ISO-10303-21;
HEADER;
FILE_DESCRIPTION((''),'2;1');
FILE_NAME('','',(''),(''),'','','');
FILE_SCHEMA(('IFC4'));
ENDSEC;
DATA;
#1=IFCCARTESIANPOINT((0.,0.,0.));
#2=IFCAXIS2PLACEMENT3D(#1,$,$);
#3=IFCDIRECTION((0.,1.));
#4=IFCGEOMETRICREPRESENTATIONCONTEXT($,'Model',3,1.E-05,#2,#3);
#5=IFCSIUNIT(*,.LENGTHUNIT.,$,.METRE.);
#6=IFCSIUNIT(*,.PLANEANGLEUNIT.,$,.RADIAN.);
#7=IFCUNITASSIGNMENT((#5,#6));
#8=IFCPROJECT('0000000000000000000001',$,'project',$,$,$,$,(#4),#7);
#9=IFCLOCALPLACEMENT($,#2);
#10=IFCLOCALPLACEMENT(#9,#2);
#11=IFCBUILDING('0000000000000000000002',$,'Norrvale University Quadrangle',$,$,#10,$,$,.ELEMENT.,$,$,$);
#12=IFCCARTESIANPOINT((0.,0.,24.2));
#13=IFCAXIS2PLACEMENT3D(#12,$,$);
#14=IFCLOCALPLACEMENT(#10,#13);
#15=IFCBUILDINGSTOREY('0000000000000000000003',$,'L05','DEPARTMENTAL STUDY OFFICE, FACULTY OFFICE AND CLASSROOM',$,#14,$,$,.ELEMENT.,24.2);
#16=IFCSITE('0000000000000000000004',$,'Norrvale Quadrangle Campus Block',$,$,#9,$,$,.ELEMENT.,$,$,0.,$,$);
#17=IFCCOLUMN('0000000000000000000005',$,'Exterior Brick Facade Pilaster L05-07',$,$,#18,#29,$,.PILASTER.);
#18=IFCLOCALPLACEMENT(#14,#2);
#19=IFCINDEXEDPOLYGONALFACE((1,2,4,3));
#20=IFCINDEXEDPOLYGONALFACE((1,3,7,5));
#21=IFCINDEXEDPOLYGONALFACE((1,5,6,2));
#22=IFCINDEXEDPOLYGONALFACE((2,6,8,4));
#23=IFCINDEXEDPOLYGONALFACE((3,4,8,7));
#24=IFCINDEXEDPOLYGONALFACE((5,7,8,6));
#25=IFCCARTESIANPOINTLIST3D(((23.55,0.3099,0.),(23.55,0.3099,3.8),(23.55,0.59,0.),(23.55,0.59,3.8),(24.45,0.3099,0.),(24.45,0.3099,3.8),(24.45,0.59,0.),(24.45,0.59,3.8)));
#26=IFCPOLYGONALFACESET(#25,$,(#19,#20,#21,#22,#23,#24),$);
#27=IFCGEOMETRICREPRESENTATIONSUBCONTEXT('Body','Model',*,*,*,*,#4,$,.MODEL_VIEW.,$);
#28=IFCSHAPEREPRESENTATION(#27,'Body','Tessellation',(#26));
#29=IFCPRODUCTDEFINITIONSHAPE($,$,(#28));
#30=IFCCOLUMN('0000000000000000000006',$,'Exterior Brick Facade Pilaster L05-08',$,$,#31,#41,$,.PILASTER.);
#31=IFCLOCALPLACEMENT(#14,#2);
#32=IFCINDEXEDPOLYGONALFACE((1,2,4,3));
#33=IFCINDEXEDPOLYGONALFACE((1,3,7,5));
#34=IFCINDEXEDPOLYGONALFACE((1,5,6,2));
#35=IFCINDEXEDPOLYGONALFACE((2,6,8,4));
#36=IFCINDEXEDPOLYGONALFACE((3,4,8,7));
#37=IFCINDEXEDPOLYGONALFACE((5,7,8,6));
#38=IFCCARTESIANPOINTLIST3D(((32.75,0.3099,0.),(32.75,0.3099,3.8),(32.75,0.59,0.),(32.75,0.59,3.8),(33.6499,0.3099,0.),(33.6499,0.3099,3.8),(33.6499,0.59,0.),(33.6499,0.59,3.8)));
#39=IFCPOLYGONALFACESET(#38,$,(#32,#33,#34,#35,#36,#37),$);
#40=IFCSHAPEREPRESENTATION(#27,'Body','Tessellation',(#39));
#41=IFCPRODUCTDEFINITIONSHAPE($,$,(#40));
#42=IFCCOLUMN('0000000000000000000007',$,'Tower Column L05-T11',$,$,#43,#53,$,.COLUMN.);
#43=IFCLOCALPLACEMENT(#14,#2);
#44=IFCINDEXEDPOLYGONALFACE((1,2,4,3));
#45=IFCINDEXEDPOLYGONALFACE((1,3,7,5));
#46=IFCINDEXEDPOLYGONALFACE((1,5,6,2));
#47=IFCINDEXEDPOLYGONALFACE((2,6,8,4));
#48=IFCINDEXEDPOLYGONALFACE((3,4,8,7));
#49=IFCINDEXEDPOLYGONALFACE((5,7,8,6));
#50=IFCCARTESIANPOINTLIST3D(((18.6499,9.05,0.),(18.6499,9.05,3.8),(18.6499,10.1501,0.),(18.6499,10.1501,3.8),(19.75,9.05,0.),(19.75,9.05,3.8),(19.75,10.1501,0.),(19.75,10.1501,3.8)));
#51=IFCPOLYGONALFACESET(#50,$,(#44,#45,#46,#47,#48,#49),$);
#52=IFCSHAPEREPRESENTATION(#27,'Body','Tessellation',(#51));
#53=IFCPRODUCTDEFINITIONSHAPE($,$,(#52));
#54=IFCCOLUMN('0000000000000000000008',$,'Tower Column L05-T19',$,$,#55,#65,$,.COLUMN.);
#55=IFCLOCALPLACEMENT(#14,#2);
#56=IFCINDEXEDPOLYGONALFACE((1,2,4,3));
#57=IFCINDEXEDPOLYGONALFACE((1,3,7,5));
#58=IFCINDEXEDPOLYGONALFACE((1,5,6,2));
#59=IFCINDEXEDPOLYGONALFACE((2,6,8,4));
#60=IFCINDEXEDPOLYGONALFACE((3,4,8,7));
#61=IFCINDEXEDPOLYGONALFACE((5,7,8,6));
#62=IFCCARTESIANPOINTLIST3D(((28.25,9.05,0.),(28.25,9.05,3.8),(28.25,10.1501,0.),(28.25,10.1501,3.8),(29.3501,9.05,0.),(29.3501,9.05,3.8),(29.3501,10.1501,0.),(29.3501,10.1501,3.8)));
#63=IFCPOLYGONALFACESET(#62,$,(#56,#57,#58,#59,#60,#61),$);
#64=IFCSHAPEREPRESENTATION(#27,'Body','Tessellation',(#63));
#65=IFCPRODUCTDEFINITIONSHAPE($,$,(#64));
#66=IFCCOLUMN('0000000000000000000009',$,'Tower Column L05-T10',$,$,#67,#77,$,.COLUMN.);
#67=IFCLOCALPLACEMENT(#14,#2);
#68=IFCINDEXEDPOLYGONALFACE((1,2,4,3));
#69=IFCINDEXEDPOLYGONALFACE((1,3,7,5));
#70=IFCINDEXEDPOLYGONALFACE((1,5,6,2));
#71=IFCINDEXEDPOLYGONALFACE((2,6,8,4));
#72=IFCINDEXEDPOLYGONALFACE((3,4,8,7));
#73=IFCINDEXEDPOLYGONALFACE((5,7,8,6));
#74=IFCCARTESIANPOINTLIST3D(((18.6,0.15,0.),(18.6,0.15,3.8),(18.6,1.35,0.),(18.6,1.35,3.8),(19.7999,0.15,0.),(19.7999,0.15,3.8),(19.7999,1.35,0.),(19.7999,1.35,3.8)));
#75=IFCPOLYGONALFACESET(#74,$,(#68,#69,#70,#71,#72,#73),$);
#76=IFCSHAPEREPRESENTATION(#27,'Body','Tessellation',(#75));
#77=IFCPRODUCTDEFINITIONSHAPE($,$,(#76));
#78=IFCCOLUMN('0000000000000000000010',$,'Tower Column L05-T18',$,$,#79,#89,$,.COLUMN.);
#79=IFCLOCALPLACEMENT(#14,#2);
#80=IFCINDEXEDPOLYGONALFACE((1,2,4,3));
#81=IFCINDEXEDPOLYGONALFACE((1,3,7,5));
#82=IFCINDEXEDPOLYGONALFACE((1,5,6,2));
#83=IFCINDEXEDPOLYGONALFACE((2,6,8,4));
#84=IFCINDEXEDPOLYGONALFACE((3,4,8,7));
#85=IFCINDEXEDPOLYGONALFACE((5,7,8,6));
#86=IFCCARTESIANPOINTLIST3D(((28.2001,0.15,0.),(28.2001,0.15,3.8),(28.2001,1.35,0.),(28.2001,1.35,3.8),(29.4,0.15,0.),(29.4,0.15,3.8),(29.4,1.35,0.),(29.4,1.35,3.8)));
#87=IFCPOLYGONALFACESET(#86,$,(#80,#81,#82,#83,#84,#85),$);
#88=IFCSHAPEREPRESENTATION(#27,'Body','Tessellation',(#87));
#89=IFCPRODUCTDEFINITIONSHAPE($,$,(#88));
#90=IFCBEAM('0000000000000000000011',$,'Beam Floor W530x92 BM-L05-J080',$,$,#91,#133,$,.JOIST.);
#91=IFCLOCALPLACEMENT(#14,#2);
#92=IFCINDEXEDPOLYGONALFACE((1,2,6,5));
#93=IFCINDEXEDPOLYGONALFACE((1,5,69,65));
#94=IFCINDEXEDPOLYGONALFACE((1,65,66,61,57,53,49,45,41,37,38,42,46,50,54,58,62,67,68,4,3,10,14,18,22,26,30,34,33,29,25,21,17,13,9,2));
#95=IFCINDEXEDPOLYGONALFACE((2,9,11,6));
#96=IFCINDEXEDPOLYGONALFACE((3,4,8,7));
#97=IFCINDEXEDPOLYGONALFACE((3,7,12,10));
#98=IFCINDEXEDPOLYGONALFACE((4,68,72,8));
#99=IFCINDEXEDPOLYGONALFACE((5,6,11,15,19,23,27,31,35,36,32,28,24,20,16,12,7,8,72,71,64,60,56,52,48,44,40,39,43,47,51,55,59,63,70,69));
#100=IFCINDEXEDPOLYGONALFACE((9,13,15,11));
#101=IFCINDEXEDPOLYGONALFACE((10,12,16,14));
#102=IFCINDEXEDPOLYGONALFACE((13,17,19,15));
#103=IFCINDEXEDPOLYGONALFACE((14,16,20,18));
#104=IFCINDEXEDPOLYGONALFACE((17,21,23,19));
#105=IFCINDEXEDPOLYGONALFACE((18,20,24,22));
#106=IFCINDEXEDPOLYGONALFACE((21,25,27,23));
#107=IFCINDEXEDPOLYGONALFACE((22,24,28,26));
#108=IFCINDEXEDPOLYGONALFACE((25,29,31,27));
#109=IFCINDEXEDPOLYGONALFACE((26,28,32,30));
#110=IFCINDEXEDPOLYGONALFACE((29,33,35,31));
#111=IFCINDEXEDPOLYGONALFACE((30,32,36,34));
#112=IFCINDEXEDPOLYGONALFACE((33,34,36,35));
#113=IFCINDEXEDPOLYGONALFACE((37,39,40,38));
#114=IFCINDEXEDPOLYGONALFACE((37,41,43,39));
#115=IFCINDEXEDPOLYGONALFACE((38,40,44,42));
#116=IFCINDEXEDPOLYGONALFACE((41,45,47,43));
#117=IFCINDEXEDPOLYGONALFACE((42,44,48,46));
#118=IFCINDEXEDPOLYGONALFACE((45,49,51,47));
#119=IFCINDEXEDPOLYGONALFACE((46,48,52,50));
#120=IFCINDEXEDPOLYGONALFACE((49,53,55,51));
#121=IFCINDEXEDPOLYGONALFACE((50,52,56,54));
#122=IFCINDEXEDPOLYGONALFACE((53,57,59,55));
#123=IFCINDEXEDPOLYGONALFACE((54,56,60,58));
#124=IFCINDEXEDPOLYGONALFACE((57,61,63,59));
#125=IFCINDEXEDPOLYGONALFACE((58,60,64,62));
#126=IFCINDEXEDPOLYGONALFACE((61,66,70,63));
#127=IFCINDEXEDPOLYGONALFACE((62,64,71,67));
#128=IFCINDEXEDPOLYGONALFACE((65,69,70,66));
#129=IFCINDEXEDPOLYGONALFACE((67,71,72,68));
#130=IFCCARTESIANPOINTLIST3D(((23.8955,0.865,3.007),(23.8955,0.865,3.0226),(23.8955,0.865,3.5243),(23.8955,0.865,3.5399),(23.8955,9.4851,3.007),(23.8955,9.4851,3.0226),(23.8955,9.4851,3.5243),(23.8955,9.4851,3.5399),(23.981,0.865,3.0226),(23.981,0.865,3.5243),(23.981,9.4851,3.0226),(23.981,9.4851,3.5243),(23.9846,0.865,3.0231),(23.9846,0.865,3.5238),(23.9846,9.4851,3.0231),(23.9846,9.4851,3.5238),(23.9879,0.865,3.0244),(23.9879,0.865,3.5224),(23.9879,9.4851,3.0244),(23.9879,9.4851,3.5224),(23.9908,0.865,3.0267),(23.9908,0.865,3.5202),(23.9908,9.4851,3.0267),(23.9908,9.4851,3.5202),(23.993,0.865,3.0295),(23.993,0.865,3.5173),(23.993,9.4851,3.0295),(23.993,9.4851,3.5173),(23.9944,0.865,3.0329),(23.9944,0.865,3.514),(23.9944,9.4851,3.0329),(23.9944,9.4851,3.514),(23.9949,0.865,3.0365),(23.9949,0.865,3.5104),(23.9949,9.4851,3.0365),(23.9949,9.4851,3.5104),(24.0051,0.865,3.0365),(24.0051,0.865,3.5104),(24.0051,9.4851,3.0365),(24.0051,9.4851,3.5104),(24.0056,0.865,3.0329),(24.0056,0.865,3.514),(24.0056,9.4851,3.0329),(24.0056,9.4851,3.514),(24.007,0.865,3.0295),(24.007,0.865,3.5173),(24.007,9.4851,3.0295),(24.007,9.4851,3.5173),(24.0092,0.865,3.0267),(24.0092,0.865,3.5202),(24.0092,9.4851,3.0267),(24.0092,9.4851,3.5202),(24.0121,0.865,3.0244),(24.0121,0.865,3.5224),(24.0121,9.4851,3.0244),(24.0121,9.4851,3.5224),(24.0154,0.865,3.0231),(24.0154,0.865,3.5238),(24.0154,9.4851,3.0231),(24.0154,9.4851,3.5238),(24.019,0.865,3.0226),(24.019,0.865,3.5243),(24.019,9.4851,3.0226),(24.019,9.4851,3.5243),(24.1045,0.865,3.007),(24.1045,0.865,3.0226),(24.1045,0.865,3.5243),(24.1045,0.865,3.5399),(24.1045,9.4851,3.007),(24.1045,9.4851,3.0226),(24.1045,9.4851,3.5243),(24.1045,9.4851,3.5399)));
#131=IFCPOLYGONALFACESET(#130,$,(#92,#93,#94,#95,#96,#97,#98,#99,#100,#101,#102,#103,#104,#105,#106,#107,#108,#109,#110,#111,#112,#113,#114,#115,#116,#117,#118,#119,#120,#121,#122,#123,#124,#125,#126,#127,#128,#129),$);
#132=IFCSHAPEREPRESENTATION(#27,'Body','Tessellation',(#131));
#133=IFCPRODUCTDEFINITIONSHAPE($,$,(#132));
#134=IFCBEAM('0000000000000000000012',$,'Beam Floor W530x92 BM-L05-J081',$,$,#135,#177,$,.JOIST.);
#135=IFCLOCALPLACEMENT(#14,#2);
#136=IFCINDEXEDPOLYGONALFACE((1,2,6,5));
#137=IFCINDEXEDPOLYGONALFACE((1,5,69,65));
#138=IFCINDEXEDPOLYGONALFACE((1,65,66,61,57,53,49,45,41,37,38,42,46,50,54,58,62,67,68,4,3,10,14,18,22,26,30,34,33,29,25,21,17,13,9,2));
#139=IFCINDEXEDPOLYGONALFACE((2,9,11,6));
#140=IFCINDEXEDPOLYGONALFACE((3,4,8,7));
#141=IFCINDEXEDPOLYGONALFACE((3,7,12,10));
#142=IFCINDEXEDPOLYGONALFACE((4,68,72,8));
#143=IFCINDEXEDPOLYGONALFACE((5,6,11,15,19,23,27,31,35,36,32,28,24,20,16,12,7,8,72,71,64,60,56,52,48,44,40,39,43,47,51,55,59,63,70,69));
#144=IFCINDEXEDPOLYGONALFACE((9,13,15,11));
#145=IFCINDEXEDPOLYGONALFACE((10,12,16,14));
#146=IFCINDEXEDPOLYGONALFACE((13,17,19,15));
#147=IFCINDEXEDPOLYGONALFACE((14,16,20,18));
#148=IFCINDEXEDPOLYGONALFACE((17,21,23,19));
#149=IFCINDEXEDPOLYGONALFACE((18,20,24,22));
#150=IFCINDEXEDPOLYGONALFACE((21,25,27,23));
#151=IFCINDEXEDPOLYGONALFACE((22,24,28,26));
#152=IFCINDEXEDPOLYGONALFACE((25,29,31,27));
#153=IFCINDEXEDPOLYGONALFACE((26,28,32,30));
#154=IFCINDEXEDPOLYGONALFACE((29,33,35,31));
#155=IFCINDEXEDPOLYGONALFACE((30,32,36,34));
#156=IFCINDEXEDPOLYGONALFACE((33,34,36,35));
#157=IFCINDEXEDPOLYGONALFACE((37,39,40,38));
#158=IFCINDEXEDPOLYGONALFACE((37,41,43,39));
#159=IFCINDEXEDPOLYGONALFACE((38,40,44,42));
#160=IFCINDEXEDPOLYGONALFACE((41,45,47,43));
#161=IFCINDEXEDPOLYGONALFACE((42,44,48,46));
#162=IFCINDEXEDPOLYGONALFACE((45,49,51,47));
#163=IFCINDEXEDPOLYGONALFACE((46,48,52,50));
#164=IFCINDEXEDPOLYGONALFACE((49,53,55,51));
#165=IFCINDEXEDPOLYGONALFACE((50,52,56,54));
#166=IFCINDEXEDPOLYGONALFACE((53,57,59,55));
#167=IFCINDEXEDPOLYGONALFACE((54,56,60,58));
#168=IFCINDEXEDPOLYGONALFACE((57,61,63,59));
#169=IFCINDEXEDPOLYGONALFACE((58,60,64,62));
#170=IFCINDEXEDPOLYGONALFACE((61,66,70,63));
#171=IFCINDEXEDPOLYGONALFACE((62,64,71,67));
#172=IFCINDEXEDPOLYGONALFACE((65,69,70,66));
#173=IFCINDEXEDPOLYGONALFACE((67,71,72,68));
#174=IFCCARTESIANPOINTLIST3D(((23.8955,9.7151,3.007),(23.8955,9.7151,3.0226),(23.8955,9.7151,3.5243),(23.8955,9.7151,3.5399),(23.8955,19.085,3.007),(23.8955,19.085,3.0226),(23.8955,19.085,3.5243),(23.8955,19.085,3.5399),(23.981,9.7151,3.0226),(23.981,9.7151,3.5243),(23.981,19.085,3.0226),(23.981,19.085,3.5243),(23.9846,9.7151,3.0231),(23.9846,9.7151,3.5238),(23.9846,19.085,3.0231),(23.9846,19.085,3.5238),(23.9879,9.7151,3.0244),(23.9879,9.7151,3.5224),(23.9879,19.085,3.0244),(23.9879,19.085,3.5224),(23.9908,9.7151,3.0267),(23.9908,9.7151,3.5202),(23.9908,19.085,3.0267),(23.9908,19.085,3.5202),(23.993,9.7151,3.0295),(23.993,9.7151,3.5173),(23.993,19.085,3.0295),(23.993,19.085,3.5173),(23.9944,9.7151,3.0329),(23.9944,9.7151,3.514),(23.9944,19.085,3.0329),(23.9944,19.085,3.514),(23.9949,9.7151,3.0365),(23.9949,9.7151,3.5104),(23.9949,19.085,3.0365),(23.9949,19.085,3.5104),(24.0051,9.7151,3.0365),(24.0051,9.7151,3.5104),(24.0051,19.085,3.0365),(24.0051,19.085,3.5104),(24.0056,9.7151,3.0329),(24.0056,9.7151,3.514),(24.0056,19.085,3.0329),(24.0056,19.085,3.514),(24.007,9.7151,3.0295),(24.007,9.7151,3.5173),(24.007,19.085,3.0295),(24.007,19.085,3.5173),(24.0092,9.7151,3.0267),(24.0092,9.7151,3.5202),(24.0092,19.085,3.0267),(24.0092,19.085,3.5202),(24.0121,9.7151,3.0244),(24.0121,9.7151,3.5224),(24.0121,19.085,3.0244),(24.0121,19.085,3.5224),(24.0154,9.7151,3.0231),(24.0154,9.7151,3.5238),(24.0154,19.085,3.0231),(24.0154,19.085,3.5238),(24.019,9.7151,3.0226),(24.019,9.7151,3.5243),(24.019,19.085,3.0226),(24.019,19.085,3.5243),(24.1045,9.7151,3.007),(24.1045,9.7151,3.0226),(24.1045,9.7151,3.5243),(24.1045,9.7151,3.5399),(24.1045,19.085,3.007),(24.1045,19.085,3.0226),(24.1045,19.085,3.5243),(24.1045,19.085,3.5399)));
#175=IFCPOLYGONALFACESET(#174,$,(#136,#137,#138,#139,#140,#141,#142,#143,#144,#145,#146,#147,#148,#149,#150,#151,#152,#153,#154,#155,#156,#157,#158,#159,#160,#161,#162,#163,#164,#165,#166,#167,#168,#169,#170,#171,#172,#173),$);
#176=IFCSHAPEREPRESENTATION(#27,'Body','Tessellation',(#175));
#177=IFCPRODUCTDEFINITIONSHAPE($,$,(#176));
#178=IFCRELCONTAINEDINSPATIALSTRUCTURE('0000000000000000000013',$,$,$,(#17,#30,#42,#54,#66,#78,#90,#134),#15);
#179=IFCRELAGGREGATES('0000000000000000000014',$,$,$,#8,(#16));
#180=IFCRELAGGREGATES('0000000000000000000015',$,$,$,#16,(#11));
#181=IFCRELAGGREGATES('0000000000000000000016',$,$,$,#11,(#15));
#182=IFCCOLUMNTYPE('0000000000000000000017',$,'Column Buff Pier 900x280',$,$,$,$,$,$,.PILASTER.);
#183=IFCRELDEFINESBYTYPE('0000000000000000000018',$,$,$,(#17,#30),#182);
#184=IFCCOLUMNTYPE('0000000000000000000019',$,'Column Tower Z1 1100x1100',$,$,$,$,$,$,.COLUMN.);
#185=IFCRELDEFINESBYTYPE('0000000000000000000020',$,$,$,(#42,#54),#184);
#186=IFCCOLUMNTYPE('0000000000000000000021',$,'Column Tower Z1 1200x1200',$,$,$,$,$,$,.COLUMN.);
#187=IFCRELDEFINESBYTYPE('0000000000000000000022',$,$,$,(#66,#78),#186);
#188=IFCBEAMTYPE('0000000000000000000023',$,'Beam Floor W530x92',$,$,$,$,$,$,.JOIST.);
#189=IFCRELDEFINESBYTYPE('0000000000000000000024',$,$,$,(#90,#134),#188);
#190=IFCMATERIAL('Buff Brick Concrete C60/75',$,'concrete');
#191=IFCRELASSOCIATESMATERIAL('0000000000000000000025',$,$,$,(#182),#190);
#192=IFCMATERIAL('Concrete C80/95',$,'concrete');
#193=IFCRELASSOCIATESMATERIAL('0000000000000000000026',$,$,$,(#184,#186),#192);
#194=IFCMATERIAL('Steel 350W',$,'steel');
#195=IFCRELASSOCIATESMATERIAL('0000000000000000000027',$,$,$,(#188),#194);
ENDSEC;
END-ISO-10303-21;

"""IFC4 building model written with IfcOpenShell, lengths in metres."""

from ifc_helpers import new_model, si_unit, direction, frame, origin, origin_2d, place, context, subcontext, project, spatial, rectangle, i_section, extrude, material, material_profile, profile_set, type_object, element, save


model = new_model("IFC4")

# Units and contexts
model_context = context("Model", 3, precision=1e-05, world=origin(), true_north=direction((0.0, 1.0)))
body_context = subcontext(model_context, "Body", "Model", "MODEL_VIEW")
ifc_project = project(units=[si_unit("LENGTHUNIT", "METRE"), si_unit("PLANEANGLEUNIT", "RADIAN")], contexts=[model_context])

# Site, building, storey
site_placement = place(None, origin())
site = spatial("IfcSite", under=ifc_project, at=site_placement, Name="Norrvale Quadrangle Campus Block", CompositionType="ELEMENT", RefElevation=0.0)
building_placement = place(site_placement, origin())
building = spatial("IfcBuilding", under=site, at=building_placement, Name="Norrvale University Quadrangle", CompositionType="ELEMENT")
storey_placement = place(building_placement, frame((0.0, 0.0, 24.2)))
storey = spatial("IfcBuildingStorey", under=building, at=storey_placement, Name="L05", Description="DEPARTMENTAL STUDY OFFICE, FACULTY OFFICE AND CLASSROOM", CompositionType="ELEMENT", Elevation=24.2)

# Columns
ifc_material_1 = material(Name="Buff Brick Concrete C60/75", Category="concrete")
ifc_material_profile_1 = material_profile(ifc_material_1, rectangle(XDim=0.8999, YDim=0.28, at=origin_2d()), Name="Buff Brick Concrete C60/75")
ifc_profile_set_1 = profile_set([ifc_material_profile_1], Name="Buff Brick Concrete C60/75")
column_type_1 = type_object("IfcColumnType", Name="Column Buff Pier 900x280", PredefinedType="PILASTER", material=ifc_profile_set_1)
for number, where, z_axis, x_axis, name in (
    (1, (24.0, 0.45, 0.0), (0.0, 0.0, 1.0), (1.0, 0.0, 0.0), "Exterior Brick Facade Pilaster L05-07"),
    (2, (33.2, 0.45, 0.0), (0.0, 0.0, 1.0), (1.0, 0.0, 0.0), "Exterior Brick Facade Pilaster L05-08"),
):
    element("IfcColumn", number, at=place(storey_placement, frame(where, z_axis=z_axis, x_axis=x_axis)), inside=storey, type_object=column_type_1, Name=name, PredefinedType="PILASTER", context=body_context, shape_type="SweptSolid", body=[
        extrude(rectangle(XDim=0.8999, YDim=0.28, at=origin_2d()), origin(), (0.0, 0.0, 1.0), 3.8),
    ])
ifc_material_2 = material(Name="Concrete C80/95", Category="concrete")
ifc_material_profile_2 = material_profile(ifc_material_2, rectangle(XDim=1.1001, YDim=1.1001, at=origin_2d()), Name="Concrete C80/95")
ifc_profile_set_2 = profile_set([ifc_material_profile_2], Name="Concrete C80/95")
column_type_2 = type_object("IfcColumnType", Name="Column Tower Z1 1100x1100", PredefinedType="COLUMN", material=ifc_profile_set_2)
for number, where, z_axis, x_axis, name in (
    (3, (19.2, 9.6001, 0.0), (0.0, 0.0, 1.0), (1.0, 0.0, 0.0), "Tower Column L05-T11"),
    (4, (28.8, 9.6001, 0.0), (0.0, 0.0, 1.0), (1.0, 0.0, 0.0), "Tower Column L05-T19"),
):
    element("IfcColumn", number, at=place(storey_placement, frame(where, z_axis=z_axis, x_axis=x_axis)), inside=storey, type_object=column_type_2, Name=name, PredefinedType="COLUMN", context=body_context, shape_type="SweptSolid", body=[
        extrude(rectangle(XDim=1.1001, YDim=1.1001, at=origin_2d()), origin(), (0.0, 0.0, 1.0), 3.8),
    ])
ifc_material_profile_3 = material_profile(ifc_material_2, rectangle(XDim=1.2, YDim=1.2, at=origin_2d()), Name="Concrete C80/95")
ifc_profile_set_3 = profile_set([ifc_material_profile_3], Name="Concrete C80/95")
column_type_3 = type_object("IfcColumnType", Name="Column Tower Z1 1200x1200", PredefinedType="COLUMN", material=ifc_profile_set_3)
for number, where, z_axis, x_axis, name in (
    (5, (19.2, 0.75, 0.0), (0.0, 0.0, 1.0), (1.0, 0.0, 0.0), "Tower Column L05-T10"),
    (6, (28.8, 0.75, 0.0), (0.0, 0.0, 1.0), (1.0, 0.0, 0.0), "Tower Column L05-T18"),
):
    element("IfcColumn", number, at=place(storey_placement, frame(where, z_axis=z_axis, x_axis=x_axis)), inside=storey, type_object=column_type_3, Name=name, PredefinedType="COLUMN", context=body_context, shape_type="SweptSolid", body=[
        extrude(rectangle(XDim=1.2, YDim=1.2, at=origin_2d()), origin(), (0.0, 0.0, 1.0), 3.8),
    ])

# Beams
ifc_material_3 = material(Name="Steel 350W", Category="steel")
ifc_material_profile_4 = material_profile(ifc_material_3, i_section(OverallWidth=0.209, OverallDepth=0.533, WebThickness=0.0103, FlangeThickness=0.0156, FilletRadius=0.0139, at=origin_2d()), Name="Steel 350W")
ifc_profile_set_4 = profile_set([ifc_material_profile_4], Name="Steel 350W")
beam_type_1 = type_object("IfcBeamType", Name="Beam Floor W530x92", PredefinedType="JOIST", material=ifc_profile_set_4)
beam_1_placement = place(storey_placement, frame((24.0, 0.865, 3.2734), z_axis=(0.0, 1.0, 0.0), x_axis=(-1.0, 0.0, 0.0)))
element("IfcBeam", 7, at=beam_1_placement, inside=storey, type_object=beam_type_1, Name="Beam Floor W530x92 BM-L05-J080", PredefinedType="JOIST", context=body_context, shape_type="SweptSolid", body=[
    extrude(i_section(OverallWidth=0.209, OverallDepth=0.533, WebThickness=0.0103, FlangeThickness=0.0156, FilletRadius=0.0139, at=origin_2d()), origin(), (0.0, 0.0, 1.0), 8.6201),
])
beam_2_placement = place(storey_placement, frame((24.0, 9.7151, 3.2734), z_axis=(0.0, 1.0, 0.0), x_axis=(-1.0, 0.0, 0.0)))
element("IfcBeam", 8, at=beam_2_placement, inside=storey, type_object=beam_type_1, Name="Beam Floor W530x92 BM-L05-J081", PredefinedType="JOIST", context=body_context, shape_type="SweptSolid", body=[
    extrude(i_section(OverallWidth=0.209, OverallDepth=0.533, WebThickness=0.0103, FlangeThickness=0.0156, FilletRadius=0.0139, at=origin_2d()), origin(), (0.0, 0.0, 1.0), 9.3699),
])

save(model, "model.ifc")
